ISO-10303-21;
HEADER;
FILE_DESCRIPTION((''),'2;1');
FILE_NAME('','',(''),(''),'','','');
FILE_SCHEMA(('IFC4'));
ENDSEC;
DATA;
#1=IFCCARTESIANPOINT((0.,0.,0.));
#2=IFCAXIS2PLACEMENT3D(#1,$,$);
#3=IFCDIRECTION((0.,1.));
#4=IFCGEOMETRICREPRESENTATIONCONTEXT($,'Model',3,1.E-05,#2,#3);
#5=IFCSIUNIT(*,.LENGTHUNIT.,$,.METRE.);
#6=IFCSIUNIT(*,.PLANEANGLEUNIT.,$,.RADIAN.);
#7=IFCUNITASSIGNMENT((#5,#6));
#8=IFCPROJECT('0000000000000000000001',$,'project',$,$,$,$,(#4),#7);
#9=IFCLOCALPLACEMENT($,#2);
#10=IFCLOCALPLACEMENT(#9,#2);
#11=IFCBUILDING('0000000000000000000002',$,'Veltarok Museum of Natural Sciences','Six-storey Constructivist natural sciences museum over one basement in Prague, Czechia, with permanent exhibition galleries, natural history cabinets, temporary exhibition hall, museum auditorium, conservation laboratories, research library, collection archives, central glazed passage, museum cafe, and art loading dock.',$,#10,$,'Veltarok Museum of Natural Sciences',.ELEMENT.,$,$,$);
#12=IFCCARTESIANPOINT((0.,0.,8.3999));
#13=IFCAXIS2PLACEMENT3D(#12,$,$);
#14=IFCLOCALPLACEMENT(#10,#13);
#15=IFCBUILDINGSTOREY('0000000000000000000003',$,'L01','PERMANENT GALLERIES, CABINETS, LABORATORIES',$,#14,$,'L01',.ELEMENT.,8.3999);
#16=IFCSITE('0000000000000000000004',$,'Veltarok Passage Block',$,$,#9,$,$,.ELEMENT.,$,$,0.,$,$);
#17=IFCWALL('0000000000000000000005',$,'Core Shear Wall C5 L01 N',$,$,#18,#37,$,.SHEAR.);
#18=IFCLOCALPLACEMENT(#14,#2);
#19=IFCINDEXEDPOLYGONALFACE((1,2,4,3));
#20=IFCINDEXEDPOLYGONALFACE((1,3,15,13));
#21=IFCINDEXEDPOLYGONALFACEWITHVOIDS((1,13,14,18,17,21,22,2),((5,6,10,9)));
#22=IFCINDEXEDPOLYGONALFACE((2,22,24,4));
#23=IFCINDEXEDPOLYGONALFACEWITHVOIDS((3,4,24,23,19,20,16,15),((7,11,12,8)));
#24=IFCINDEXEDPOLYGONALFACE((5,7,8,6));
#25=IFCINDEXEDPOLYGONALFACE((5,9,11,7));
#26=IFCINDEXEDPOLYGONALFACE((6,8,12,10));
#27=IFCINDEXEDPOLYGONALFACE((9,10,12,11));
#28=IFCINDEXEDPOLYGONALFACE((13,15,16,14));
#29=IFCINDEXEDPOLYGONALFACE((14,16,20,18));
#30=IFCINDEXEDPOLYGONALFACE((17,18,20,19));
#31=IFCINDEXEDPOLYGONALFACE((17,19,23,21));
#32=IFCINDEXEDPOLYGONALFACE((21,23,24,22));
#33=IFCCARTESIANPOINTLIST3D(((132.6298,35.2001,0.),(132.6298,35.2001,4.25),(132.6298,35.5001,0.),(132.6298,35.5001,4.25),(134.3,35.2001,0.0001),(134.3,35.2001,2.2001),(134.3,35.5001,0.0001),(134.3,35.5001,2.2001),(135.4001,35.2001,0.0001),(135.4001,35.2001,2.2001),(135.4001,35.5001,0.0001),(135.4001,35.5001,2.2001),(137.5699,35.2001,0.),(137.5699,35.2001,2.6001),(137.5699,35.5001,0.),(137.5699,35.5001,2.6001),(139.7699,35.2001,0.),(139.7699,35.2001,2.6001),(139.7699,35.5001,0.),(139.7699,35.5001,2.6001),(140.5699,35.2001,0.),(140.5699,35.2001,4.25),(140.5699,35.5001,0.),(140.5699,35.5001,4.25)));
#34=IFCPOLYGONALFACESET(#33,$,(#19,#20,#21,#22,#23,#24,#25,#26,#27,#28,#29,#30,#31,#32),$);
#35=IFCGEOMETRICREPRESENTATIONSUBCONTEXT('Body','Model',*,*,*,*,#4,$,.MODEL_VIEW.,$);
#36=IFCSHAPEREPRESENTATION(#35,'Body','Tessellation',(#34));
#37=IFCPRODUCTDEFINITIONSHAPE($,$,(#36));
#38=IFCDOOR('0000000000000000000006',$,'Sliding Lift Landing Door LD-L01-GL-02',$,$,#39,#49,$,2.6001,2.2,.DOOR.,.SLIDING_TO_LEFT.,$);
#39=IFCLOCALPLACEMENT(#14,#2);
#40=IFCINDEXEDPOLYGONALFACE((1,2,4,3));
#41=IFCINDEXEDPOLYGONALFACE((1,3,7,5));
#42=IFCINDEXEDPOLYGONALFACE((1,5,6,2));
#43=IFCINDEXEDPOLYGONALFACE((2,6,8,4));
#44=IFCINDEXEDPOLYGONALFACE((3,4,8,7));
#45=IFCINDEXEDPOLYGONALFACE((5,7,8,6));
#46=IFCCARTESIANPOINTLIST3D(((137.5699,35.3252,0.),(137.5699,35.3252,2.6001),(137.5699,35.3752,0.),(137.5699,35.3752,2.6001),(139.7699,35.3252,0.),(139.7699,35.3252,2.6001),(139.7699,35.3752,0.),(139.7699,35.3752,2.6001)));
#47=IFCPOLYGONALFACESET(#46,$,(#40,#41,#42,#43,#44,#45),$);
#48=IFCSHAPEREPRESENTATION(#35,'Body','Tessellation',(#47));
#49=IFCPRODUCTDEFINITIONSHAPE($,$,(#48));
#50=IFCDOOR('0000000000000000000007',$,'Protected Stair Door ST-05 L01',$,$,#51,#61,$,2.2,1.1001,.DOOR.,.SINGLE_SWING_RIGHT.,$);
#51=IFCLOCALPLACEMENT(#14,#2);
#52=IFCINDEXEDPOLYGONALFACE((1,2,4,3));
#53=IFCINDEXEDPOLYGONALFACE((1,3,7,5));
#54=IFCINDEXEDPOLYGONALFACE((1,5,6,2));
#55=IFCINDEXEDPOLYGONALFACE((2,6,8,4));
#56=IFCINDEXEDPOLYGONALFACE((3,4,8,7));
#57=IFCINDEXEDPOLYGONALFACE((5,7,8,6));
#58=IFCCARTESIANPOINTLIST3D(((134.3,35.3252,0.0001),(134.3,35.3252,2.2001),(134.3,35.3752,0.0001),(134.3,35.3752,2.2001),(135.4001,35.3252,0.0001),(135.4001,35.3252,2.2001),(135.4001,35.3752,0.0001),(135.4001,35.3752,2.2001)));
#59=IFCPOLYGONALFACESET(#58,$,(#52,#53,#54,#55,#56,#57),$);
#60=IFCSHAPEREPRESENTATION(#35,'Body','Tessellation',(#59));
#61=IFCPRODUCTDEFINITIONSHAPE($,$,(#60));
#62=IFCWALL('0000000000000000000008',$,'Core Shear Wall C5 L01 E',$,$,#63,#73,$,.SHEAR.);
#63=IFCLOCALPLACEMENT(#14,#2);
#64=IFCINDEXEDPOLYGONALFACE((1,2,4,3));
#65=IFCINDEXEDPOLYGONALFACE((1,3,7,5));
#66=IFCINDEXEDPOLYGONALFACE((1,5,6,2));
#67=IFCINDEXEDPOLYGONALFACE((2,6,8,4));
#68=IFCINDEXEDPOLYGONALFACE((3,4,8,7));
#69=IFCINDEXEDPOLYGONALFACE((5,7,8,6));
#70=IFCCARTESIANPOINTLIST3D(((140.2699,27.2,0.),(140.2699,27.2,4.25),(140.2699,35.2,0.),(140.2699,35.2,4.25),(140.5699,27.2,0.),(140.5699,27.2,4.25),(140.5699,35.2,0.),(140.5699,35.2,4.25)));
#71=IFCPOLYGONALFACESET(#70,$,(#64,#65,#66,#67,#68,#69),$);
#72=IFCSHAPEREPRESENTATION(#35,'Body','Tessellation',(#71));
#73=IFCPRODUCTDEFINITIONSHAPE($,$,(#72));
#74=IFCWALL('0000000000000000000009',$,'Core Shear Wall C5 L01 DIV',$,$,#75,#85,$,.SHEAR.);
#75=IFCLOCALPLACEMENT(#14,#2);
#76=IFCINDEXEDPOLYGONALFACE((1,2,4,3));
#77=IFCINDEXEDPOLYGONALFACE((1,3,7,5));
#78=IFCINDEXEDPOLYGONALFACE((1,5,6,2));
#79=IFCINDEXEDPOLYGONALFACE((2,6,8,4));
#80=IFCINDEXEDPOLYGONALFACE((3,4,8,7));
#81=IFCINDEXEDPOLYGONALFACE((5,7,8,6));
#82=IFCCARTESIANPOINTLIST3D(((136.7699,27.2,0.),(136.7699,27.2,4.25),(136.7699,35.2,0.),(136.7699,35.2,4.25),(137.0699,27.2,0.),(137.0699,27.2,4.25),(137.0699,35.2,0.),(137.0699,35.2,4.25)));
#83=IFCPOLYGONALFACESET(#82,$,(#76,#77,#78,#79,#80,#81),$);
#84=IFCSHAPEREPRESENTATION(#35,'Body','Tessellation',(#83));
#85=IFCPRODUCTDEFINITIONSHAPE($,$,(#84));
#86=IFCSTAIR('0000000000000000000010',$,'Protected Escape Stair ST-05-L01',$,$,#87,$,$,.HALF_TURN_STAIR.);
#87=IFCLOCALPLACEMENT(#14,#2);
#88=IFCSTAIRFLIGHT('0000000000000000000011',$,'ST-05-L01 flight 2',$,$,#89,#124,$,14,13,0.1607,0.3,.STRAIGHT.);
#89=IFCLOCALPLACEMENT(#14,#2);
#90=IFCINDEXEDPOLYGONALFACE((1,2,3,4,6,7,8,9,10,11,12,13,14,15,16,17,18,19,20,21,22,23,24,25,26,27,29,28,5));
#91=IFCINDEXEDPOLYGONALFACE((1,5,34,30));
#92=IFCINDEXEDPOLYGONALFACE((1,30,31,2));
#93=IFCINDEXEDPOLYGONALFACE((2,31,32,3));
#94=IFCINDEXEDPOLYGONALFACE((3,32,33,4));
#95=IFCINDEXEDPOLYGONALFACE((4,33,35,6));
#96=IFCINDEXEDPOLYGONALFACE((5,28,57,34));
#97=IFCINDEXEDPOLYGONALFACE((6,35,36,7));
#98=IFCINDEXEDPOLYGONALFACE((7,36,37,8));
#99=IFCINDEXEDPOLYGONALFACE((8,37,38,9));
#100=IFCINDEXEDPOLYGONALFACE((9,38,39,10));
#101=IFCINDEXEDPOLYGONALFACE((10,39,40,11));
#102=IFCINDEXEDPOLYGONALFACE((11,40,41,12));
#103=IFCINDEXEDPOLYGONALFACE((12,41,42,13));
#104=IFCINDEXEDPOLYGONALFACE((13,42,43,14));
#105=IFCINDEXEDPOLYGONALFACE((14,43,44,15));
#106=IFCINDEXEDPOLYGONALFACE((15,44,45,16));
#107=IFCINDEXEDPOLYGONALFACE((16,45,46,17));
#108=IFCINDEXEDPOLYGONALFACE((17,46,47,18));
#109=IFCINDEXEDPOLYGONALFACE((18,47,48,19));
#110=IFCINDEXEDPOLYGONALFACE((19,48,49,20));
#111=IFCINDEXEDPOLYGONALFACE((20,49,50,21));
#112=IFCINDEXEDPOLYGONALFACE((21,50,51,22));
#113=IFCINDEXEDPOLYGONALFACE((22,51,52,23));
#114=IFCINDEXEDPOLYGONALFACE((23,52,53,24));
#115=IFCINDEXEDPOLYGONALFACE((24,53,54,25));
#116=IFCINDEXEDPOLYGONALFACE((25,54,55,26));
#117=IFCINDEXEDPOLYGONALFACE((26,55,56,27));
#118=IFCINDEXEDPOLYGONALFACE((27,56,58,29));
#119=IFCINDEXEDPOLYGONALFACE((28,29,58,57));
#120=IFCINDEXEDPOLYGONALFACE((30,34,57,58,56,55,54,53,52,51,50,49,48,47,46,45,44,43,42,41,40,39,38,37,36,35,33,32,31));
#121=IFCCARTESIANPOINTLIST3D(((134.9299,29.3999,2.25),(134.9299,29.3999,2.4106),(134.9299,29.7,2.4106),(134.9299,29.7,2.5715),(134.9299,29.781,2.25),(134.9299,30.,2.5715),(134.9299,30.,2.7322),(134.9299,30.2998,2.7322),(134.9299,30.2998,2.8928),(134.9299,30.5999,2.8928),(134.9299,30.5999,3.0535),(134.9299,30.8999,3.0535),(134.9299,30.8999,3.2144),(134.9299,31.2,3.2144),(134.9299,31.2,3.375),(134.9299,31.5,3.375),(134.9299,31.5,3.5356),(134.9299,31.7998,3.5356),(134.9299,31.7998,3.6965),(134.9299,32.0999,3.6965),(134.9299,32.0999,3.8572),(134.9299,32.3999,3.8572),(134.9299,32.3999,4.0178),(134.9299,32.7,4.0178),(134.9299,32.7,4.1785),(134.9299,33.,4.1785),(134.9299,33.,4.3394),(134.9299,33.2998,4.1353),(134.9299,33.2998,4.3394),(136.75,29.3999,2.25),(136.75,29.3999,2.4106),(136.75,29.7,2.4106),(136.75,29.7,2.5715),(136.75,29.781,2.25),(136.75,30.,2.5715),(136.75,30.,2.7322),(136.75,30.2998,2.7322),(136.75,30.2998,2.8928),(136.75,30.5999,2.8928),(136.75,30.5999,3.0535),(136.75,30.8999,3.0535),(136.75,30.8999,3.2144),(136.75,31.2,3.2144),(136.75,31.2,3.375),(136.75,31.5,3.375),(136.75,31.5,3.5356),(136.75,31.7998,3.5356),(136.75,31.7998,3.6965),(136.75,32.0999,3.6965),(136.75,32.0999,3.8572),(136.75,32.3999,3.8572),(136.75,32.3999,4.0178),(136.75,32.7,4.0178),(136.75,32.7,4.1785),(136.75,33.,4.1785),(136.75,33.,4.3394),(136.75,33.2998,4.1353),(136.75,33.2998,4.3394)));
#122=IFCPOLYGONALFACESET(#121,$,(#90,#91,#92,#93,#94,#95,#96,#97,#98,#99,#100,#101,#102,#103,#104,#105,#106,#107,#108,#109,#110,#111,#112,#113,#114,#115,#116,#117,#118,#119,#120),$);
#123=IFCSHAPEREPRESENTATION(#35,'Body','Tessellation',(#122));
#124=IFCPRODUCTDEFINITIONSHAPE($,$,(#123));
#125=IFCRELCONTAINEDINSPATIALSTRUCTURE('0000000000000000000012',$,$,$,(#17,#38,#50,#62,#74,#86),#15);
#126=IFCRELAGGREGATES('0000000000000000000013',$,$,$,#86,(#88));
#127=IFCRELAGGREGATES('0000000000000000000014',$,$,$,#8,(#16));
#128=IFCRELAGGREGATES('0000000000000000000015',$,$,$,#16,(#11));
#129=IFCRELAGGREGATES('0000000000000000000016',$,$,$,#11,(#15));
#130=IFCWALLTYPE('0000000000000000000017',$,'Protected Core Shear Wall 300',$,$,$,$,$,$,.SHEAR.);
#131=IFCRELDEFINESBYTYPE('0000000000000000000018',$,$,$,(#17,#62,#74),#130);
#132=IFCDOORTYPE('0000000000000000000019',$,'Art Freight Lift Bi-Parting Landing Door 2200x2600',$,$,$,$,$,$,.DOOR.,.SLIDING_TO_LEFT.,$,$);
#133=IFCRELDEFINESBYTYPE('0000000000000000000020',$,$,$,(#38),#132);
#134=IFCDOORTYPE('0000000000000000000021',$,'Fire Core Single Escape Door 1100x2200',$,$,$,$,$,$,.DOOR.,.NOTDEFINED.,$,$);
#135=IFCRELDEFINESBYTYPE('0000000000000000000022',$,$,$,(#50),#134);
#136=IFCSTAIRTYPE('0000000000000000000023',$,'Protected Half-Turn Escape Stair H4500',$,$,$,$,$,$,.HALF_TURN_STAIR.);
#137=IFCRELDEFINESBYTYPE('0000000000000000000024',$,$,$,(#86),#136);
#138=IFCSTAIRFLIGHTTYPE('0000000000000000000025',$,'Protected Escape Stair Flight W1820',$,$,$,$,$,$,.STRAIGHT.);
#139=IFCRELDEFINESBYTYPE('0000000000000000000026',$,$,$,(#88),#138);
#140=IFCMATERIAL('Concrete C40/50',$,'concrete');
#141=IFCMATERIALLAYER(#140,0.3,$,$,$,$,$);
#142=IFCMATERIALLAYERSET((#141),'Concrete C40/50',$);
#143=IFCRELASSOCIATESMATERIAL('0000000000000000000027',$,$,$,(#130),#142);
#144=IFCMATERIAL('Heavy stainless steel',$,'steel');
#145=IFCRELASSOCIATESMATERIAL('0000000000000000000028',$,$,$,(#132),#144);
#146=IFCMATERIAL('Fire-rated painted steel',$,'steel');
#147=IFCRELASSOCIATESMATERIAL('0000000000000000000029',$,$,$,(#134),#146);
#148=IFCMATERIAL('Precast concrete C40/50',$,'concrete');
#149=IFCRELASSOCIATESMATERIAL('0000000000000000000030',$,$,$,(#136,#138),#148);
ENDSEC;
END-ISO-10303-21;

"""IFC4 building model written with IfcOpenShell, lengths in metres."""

from ifc_helpers import new_model, si_unit, direction, frame, frame_2d, origin, place, context, subcontext, project, spatial, polyline, rectangle, outline, extrude, material, layer, layer_set, type_object, element, fill, aggregate, save


model = new_model("IFC4")

# Units and contexts
model_context = context("Model", 3, precision=1e-05, world=origin(), true_north=direction((0.0, 1.0)))
body_context = subcontext(model_context, "Body", "Model", "MODEL_VIEW")
ifc_project = project(units=[si_unit("LENGTHUNIT", "METRE"), si_unit("PLANEANGLEUNIT", "RADIAN")], contexts=[model_context])

# Site, building, storey
site_placement = place(None, origin())
site = spatial("IfcSite", under=ifc_project, at=site_placement, Name="Veltarok Passage Block", CompositionType="ELEMENT", RefElevation=0.0)
building_placement = place(site_placement, origin())
building = spatial("IfcBuilding", under=site, at=building_placement, Name="Veltarok Museum of Natural Sciences", Description="Six-storey Constructivist natural sciences museum over one basement in Prague, Czechia, with permanent exhibition galleries, natural history cabinets, temporary exhibition hall, museum auditorium, conservation laboratories, research library, collection archives, central glazed passage, museum cafe, and art loading dock.", LongName="Veltarok Museum of Natural Sciences", CompositionType="ELEMENT")
storey_placement = place(building_placement, frame((0.0, 0.0, 8.3999)))
storey = spatial("IfcBuildingStorey", under=building, at=storey_placement, Name="L01", Description="PERMANENT GALLERIES, CABINETS, LABORATORIES", LongName="L01", CompositionType="ELEMENT", Elevation=8.3999)

# Shared definitions
ifc_material_1 = material(Name="Concrete C40/50", Category="concrete")

# Shared definitions
ifc_material_2 = material(Name="Precast concrete C40/50", Category="concrete")

# Wall, openings, doors
ifc_layer_1 = layer(ifc_material_1, 0.3)
ifc_layer_set_1 = layer_set([ifc_layer_1], Name="Concrete C40/50")
wall_type_1 = type_object("IfcWallType", Name="Protected Core Shear Wall 300", PredefinedType="SHEAR", material=ifc_layer_set_1)
wall_1_placement = place(storey_placement, frame((140.5701, 35.3501, 0.0), z_axis=(0.0, 0.0, 1.0), x_axis=(-1.0, 0.0, 0.0)))
wall_1 = element("IfcWall", 1, at=wall_1_placement, inside=storey, type_object=wall_type_1, Name="Core Shear Wall C5 L01 N", PredefinedType="SHEAR", context=body_context, shape_type="SweptSolid", body=[
    extrude(rectangle(XDim=7.9402, YDim=0.3, at=frame_2d((3.9702, 0.0))), origin(), (0.0, 0.0, 1.0), 4.25),
])
opening_1_placement = place(wall_1_placement, frame((5.1699, 0.0, 0.0)))
opening_1 = element("IfcOpeningElement", 2, at=opening_1_placement, cuts=wall_1, PredefinedType="OPENING", context=body_context, shape_type="SweptSolid", body=[
    extrude(rectangle(XDim=1.1001, YDim=2.2, at=frame_2d((0.55, 1.1001))), frame((0.0, 0.1602, 0.0), z_axis=(0.0, -1.0, 0.0), x_axis=(1.0, 0.0, 0.0)), (0.0, 0.0, 1.0), 0.3201),
])
opening_2_placement = place(wall_1_placement, frame((0.8, 0.0, 0.0)))
opening_2 = element("IfcOpeningElement", 3, at=opening_2_placement, cuts=wall_1, PredefinedType="OPENING", context=body_context, shape_type="SweptSolid", body=[
    extrude(rectangle(XDim=2.2, YDim=2.6001, at=frame_2d((1.1001, 1.3))), frame((0.0, 0.1602, 0.0), z_axis=(0.0, -1.0, 0.0), x_axis=(1.0, 0.0, 0.0)), (0.0, 0.0, 1.0), 0.3201),
])
ifc_material_3 = material(Name="Heavy stainless steel", Category="steel")
door_type_1 = type_object("IfcDoorType", Name="Art Freight Lift Bi-Parting Landing Door 2200x2600", OperationType="SLIDING_TO_LEFT", PredefinedType="DOOR", material=ifc_material_3)
door_1_placement = place(opening_2_placement, origin())
door_1 = element("IfcDoor", 4, at=door_1_placement, inside=storey, type_object=door_type_1, Name="Sliding Lift Landing Door LD-L01-GL-02", OperationType="SLIDING_TO_LEFT", OverallHeight=2.6001, OverallWidth=2.2, PredefinedType="DOOR", context=body_context, shape_type="SweptSolid", body=[
    extrude(rectangle(XDim=2.2, YDim=2.6001, at=frame_2d((1.1001, 1.3))), frame((0.0, 0.0249, 0.0), z_axis=(0.0, -1.0, 0.0), x_axis=(1.0, 0.0, 0.0)), (0.0, 0.0, 1.0), 0.05),
])
fill(opening_2, door_1)
ifc_material_4 = material(Name="Fire-rated painted steel", Category="steel")
door_type_2 = type_object("IfcDoorType", Name="Fire Core Single Escape Door 1100x2200", OperationType="NOTDEFINED", PredefinedType="DOOR", material=ifc_material_4)
door_2_placement = place(opening_1_placement, origin())
door_2 = element("IfcDoor", 5, at=door_2_placement, inside=storey, type_object=door_type_2, Name="Protected Stair Door ST-05 L01", OperationType="SINGLE_SWING_RIGHT", OverallHeight=2.2, OverallWidth=1.1001, PredefinedType="DOOR", context=body_context, shape_type="SweptSolid", body=[
    extrude(rectangle(XDim=1.1001, YDim=2.2, at=frame_2d((0.55, 1.1001))), frame((0.0, 0.0249, 0.0), z_axis=(0.0, -1.0, 0.0), x_axis=(1.0, 0.0, 0.0)), (0.0, 0.0, 1.0), 0.05),
])
fill(opening_1, door_2)

# Walls
for number, where, z_axis, x_axis, name in (
    (6, (140.4199, 27.2, 0.0), (0.0, 0.0, 1.0), (0.0, 1.0, 0.0), "Core Shear Wall C5 L01 E"),
    (7, (136.9199, 27.2, 0.0), (0.0, 0.0, 1.0), (0.0, 1.0, 0.0), "Core Shear Wall C5 L01 DIV"),
):
    element("IfcWall", number, at=place(storey_placement, frame(where, z_axis=z_axis, x_axis=x_axis)), inside=storey, type_object=wall_type_1, Name=name, PredefinedType="SHEAR", context=body_context, shape_type="SweptSolid", body=[
        extrude(rectangle(XDim=8.0, YDim=0.3, at=frame_2d((4.0, 0.0))), origin(), (0.0, 0.0, 1.0), 4.25),
    ])

# Stair, stair flight
stair_type = type_object("IfcStairType", Name="Protected Half-Turn Escape Stair H4500", PredefinedType="HALF_TURN_STAIR", material=ifc_material_2)
stair_placement = place(storey_placement, origin())
stair = element("IfcStair", 8, at=stair_placement, inside=storey, type_object=stair_type, Name="Protected Escape Stair ST-05-L01", PredefinedType="HALF_TURN_STAIR")
stair_flight_type = type_object("IfcStairFlightType", Name="Protected Escape Stair Flight W1820", PredefinedType="STRAIGHT", material=ifc_material_2)
stair_flight_placement = place(storey_placement, frame((135.8401, 29.3999, 2.25), z_axis=(0.0, 0.0, 1.0), x_axis=(0.0, 1.0, 0.0)))
stair_flight = element("IfcStairFlight", 9, at=stair_flight_placement, type_object=stair_flight_type, Name="ST-05-L01 flight 2", NumberOfRisers=14, NumberOfTreads=13, PredefinedType="STRAIGHT", RiserHeight=0.1607, TreadLength=0.3, context=body_context, shape_type="SweptSolid", body=[
    extrude(outline(polyline([(0.0, 0.0), (0.0, 0.1606), (0.3, 0.1606), (0.3, 0.3215), (0.6001, 0.3215), (0.6001, 0.4822), (0.8999, 0.4822), (0.8999, 0.6428), (1.2, 0.6428), (1.2, 0.8035), (1.5, 0.8035), (1.5, 0.9644), (1.8, 0.9644), (1.8, 1.125), (2.1001, 1.125), (2.1001, 1.2856), (2.3999, 1.2856), (2.3999, 1.4465), (2.7, 1.4465), (2.7, 1.6072), (3.0, 1.6072), (3.0, 1.7678), (3.3, 1.7678), (3.3, 1.9285), (3.6001, 1.9285), (3.6001, 2.0894), (3.8999, 2.0894), (3.8999, 2.25), (3.8999, 1.8853), (0.3811, 0.0), (0.0, 0.0)])), frame((0.0, 0.9102, 0.0), z_axis=(0.0, -1.0, 0.0), x_axis=(1.0, 0.0, 0.0)), (0.0, 0.0, 1.0), 1.8201),
])
aggregate(stair, [stair_flight])

save(model, "model.ifc")
